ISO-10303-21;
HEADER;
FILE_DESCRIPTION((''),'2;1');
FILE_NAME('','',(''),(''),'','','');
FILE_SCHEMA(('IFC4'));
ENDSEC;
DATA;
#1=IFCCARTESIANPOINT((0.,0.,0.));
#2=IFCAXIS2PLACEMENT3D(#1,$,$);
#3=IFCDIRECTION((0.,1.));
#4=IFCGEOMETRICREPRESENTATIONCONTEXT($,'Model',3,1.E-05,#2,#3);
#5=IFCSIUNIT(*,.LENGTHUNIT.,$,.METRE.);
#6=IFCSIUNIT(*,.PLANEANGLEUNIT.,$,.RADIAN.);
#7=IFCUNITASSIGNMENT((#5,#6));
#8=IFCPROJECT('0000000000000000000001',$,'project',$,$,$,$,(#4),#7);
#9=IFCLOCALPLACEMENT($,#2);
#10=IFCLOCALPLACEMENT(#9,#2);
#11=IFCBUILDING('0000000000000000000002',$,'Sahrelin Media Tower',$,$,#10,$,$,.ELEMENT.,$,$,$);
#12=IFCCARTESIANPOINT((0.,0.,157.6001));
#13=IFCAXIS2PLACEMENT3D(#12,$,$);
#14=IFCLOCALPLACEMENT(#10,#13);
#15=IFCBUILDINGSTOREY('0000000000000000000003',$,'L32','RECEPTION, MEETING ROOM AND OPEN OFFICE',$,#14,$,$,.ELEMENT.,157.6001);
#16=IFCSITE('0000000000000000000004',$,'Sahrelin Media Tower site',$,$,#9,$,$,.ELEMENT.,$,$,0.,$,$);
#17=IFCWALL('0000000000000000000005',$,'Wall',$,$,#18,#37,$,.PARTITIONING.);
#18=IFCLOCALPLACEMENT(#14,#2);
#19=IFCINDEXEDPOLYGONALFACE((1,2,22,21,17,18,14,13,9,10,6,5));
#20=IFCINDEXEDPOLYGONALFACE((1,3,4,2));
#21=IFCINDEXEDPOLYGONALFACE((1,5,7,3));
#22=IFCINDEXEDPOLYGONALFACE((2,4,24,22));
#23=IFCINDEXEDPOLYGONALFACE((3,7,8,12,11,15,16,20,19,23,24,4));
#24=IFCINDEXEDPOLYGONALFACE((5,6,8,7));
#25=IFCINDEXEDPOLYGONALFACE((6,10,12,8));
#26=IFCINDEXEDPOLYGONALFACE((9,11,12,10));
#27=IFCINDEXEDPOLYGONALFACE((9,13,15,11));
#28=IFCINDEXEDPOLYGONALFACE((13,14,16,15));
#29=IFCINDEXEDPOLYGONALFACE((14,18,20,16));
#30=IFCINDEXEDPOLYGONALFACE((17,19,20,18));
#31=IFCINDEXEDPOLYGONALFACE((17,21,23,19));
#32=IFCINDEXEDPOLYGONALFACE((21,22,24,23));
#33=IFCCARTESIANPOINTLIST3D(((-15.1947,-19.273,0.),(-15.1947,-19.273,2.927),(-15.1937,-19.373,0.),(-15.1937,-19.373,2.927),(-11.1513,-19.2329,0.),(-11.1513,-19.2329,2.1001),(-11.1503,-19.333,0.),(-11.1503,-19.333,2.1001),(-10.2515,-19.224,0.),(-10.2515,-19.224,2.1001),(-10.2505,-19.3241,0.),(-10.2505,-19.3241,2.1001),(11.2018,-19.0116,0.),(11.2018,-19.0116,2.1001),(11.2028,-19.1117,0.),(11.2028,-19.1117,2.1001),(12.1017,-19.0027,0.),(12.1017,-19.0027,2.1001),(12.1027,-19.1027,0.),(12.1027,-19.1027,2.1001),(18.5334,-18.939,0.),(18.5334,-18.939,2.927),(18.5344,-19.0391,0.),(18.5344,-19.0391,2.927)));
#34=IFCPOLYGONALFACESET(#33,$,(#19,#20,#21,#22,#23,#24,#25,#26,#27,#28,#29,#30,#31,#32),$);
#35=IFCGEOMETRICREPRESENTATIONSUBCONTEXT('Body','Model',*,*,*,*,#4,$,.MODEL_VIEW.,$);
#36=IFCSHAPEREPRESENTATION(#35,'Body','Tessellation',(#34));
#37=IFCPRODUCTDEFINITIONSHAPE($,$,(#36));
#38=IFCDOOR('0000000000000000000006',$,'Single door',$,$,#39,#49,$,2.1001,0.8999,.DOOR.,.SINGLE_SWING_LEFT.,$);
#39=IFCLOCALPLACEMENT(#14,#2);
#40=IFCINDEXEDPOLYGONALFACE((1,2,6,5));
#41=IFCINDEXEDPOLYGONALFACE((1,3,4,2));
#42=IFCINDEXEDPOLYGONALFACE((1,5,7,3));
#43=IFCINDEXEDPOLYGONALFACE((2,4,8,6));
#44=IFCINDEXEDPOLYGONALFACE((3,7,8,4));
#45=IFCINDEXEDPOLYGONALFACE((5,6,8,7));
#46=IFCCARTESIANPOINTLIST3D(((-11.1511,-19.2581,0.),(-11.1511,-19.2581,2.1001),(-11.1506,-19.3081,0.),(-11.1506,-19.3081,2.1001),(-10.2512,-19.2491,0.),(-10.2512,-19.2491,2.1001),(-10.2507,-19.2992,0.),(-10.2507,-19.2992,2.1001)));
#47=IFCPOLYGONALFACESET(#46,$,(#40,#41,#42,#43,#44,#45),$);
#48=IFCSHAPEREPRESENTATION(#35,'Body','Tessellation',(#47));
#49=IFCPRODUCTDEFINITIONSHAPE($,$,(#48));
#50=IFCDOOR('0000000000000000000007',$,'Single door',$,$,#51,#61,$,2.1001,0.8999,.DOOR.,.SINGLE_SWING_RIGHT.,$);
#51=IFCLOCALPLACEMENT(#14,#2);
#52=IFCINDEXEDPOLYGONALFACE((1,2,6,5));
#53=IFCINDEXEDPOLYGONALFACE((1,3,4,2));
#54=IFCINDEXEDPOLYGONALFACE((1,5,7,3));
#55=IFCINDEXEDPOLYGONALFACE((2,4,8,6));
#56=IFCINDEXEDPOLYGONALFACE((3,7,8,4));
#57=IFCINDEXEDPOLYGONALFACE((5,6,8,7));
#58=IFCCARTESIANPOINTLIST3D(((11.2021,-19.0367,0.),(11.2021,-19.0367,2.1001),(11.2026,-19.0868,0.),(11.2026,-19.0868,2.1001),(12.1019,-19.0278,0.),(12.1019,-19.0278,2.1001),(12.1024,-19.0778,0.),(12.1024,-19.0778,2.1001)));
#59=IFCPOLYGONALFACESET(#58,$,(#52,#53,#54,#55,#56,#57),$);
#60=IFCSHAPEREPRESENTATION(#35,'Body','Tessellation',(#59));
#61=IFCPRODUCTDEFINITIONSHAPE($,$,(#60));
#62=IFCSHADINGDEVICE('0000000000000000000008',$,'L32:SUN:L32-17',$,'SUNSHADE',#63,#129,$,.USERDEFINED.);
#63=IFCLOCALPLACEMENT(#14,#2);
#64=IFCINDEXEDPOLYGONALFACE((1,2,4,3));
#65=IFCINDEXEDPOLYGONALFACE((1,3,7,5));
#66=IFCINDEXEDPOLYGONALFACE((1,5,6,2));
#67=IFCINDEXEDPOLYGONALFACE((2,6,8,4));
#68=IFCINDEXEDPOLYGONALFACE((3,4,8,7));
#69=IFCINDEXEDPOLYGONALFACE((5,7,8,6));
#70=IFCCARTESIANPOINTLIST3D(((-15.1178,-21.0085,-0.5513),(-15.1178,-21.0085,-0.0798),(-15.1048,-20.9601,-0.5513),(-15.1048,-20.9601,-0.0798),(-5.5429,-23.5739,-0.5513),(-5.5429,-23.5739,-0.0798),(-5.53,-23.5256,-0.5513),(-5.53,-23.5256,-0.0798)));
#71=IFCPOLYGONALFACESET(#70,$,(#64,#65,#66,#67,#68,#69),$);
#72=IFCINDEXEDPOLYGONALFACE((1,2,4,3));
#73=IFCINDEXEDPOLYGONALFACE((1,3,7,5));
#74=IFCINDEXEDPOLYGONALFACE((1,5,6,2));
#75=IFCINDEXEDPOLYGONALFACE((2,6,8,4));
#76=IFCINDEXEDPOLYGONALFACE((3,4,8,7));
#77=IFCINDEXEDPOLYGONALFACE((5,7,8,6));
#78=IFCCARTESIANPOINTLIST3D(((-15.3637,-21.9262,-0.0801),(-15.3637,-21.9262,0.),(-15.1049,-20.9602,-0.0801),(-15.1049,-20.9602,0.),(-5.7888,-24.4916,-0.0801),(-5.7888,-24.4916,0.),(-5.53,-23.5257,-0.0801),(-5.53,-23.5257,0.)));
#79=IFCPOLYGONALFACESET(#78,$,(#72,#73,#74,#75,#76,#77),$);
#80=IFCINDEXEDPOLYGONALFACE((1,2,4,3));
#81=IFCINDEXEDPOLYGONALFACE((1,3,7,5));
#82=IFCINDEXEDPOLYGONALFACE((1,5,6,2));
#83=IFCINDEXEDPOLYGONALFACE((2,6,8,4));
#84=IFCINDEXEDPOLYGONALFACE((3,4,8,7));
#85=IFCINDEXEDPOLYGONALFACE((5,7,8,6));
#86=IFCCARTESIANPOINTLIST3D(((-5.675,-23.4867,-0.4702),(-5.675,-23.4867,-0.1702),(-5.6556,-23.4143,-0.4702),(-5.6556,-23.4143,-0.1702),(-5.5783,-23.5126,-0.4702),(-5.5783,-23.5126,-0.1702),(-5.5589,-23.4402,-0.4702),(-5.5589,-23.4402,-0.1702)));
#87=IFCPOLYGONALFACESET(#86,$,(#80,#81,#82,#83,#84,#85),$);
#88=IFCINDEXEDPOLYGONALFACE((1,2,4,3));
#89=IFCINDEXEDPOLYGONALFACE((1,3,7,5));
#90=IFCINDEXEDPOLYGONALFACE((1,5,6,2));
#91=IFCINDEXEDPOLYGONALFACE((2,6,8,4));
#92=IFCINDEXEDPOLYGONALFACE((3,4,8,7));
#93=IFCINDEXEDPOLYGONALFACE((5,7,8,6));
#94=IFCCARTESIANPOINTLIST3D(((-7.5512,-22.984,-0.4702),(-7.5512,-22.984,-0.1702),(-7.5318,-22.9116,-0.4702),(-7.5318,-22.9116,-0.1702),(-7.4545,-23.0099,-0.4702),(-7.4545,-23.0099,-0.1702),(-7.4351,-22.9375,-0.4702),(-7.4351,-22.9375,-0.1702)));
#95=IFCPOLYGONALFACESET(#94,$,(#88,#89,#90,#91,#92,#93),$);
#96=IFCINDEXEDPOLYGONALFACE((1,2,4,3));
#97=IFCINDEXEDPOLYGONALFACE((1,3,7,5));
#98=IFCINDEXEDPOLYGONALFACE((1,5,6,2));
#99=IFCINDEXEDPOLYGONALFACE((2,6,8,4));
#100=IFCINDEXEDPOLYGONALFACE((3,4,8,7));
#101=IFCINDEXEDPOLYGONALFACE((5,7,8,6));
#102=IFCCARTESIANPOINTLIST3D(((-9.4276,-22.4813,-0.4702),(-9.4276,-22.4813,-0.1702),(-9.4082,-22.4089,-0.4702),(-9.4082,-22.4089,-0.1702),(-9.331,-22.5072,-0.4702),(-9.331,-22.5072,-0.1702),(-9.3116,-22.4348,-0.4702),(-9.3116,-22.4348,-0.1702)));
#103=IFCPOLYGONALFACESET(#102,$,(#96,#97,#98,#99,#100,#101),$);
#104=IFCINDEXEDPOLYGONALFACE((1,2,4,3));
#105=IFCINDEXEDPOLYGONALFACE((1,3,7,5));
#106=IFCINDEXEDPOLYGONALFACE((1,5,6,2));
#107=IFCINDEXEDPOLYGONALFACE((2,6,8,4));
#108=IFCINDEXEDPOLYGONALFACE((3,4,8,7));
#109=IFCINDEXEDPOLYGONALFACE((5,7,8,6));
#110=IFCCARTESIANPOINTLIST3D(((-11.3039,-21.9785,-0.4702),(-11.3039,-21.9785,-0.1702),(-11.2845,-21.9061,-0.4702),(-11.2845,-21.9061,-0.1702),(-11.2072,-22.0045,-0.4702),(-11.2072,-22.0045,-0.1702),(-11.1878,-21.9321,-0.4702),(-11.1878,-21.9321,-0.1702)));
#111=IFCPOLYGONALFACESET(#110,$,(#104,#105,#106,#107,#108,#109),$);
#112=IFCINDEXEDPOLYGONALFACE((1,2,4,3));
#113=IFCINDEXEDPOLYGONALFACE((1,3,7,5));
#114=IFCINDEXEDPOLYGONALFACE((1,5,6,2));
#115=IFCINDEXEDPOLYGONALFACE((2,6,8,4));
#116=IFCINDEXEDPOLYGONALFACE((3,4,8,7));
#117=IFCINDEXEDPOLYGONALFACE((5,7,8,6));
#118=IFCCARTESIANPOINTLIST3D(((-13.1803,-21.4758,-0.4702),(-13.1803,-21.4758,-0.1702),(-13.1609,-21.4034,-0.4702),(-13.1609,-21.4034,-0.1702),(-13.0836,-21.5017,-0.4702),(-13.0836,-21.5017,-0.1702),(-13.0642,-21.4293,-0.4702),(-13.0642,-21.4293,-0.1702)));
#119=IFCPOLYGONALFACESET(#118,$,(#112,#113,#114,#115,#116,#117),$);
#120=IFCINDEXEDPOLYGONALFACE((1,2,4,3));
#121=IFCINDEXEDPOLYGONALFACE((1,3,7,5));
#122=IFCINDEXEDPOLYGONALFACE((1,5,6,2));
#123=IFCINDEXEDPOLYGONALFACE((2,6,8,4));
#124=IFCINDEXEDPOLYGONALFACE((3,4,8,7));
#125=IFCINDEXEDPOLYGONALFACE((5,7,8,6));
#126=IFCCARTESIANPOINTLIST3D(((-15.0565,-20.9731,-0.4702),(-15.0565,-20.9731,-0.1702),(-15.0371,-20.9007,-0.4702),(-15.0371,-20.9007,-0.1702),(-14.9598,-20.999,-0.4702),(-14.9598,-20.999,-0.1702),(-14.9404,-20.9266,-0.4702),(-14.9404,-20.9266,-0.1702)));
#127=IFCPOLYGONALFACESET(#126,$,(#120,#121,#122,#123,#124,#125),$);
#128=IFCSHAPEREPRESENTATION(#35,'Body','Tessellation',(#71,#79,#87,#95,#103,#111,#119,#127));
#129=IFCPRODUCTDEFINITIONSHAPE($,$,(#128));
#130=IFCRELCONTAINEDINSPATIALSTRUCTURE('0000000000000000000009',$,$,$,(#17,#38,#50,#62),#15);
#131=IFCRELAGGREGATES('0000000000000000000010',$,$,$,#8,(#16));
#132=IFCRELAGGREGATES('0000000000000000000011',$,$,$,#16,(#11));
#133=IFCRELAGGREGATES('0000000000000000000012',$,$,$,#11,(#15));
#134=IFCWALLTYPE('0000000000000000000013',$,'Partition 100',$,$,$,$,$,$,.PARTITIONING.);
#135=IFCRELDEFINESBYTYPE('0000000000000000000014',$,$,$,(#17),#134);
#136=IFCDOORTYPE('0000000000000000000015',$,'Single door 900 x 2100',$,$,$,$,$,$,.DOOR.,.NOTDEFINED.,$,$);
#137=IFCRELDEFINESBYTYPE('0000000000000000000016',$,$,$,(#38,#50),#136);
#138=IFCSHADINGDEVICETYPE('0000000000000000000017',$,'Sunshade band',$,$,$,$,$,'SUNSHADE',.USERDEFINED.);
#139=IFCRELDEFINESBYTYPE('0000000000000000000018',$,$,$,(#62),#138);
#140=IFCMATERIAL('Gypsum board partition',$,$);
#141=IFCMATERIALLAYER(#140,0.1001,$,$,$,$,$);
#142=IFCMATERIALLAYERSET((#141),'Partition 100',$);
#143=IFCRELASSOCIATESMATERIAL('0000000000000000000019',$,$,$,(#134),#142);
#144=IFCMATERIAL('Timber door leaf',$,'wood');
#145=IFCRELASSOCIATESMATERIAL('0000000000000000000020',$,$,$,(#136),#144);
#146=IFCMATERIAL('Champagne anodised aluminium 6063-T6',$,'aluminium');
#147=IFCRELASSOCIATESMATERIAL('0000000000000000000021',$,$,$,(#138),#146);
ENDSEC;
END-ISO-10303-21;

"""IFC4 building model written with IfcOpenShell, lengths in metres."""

from ifc_helpers import new_model, si_unit, direction, frame, frame_2d, origin, origin_2d, place, context, subcontext, project, spatial, rectangle, extrude, material, layer, layer_set, type_object, element, fill, save


model = new_model("IFC4")

# Units and contexts
model_context = context("Model", 3, precision=1e-05, world=origin(), true_north=direction((0.0, 1.0)))
body_context = subcontext(model_context, "Body", "Model", "MODEL_VIEW")
ifc_project = project(units=[si_unit("LENGTHUNIT", "METRE"), si_unit("PLANEANGLEUNIT", "RADIAN")], contexts=[model_context])

# Site, building, storey
site_placement = place(None, origin())
site = spatial("IfcSite", under=ifc_project, at=site_placement, Name="Sahrelin Media Tower site", CompositionType="ELEMENT", RefElevation=0.0)
building_placement = place(site_placement, origin())
building = spatial("IfcBuilding", under=site, at=building_placement, Name="Sahrelin Media Tower", CompositionType="ELEMENT")
storey_placement = place(building_placement, frame((0.0, 0.0, 157.6001)))
storey = spatial("IfcBuildingStorey", under=building, at=storey_placement, Name="L32", Description="RECEPTION, MEETING ROOM AND OPEN OFFICE", CompositionType="ELEMENT", Elevation=157.6001)

# Shared definitions
ifc_material_1 = material(Name="Champagne anodised aluminium 6063-T6", Category="aluminium")

# Wall, openings, doors
ifc_material_2 = material(Name="Gypsum board partition")
ifc_layer_1 = layer(ifc_material_2, 0.1001)
ifc_layer_set_1 = layer_set([ifc_layer_1], Name="Partition 100")
wall_type_1 = type_object("IfcWallType", Name="Partition 100", PredefinedType="PARTITIONING", material=ifc_layer_set_1)
wall_1_placement = place(storey_placement, frame((-15.1941, -19.323, 0.0), z_axis=(0.0, 0.0, 1.0), x_axis=(0.999951, 0.009902, 0.0)))
wall_1 = element("IfcWall", 1, at=wall_1_placement, inside=storey, type_object=wall_type_1, Name="Wall", PredefinedType="PARTITIONING", context=body_context, shape_type="SweptSolid", body=[
    extrude(rectangle(XDim=33.7297, YDim=0.1001, at=frame_2d((16.8647, 0.0))), origin(), (0.0, 0.0, 1.0), 2.927),
])
opening_1_placement = place(wall_1_placement, frame((4.0435, 0.0, 0.0)))
opening_1 = element("IfcOpeningElement", 2, at=opening_1_placement, cuts=wall_1, PredefinedType="OPENING", context=body_context, shape_type="SweptSolid", body=[
    extrude(rectangle(XDim=0.8999, YDim=2.1001, at=frame_2d((0.45, 1.05))), frame((0.0, 0.05, 0.0), z_axis=(0.0, -1.0, 0.0), x_axis=(1.0, 0.0, 0.0)), (0.0, 0.0, 1.0), 0.1001),
])
opening_2_placement = place(wall_1_placement, frame((26.3977, 0.0, 0.0)))
opening_2 = element("IfcOpeningElement", 3, at=opening_2_placement, cuts=wall_1, PredefinedType="OPENING", context=body_context, shape_type="SweptSolid", body=[
    extrude(rectangle(XDim=0.8999, YDim=2.1001, at=frame_2d((0.45, 1.05))), frame((0.0, 0.05, 0.0), z_axis=(0.0, -1.0, 0.0), x_axis=(1.0, 0.0, 0.0)), (0.0, 0.0, 1.0), 0.1001),
])
ifc_material_3 = material(Name="Timber door leaf", Category="wood")
door_type_1 = type_object("IfcDoorType", Name="Single door 900 x 2100", OperationType="NOTDEFINED", PredefinedType="DOOR", material=ifc_material_3)
door_1_placement = place(opening_1_placement, origin())
door_1 = element("IfcDoor", 4, at=door_1_placement, inside=storey, type_object=door_type_1, Name="Single door", OperationType="SINGLE_SWING_LEFT", OverallHeight=2.1001, OverallWidth=0.8999, PredefinedType="DOOR", context=body_context, shape_type="SweptSolid", body=[
    extrude(rectangle(XDim=0.8999, YDim=2.1001, at=frame_2d((0.45, 1.05))), frame((0.0, 0.0249, 0.0), z_axis=(0.0, -1.0, 0.0), x_axis=(1.0, 0.0, 0.0)), (0.0, 0.0, 1.0), 0.05),
])
fill(opening_1, door_1)
door_2_placement = place(opening_2_placement, origin())
door_2 = element("IfcDoor", 5, at=door_2_placement, inside=storey, type_object=door_type_1, Name="Single door", OperationType="SINGLE_SWING_RIGHT", OverallHeight=2.1001, OverallWidth=0.8999, PredefinedType="DOOR", context=body_context, shape_type="SweptSolid", body=[
    extrude(rectangle(XDim=0.8999, YDim=2.1001, at=frame_2d((0.45, 1.05))), frame((0.0, 0.0249, 0.0), z_axis=(0.0, -1.0, 0.0), x_axis=(1.0, 0.0, 0.0)), (0.0, 0.0, 1.0), 0.05),
])
fill(opening_2, door_2)

# Shading device
shading_device_type = type_object("IfcShadingDeviceType", Name="Sunshade band", ElementType="SUNSHADE", PredefinedType="USERDEFINED", material=ifc_material_1)
shading_device_placement = place(storey_placement, frame((-10.3123, -22.2236, 0.0), z_axis=(0.0, 0.0, 1.0), x_axis=(-0.965929, 0.258808, 0.0)))
element("IfcShadingDevice", 6, at=shading_device_placement, inside=storey, type_object=shading_device_type, Name="L32:SUN:L32-17", ObjectType="SUNSHADE", PredefinedType="USERDEFINED", context=body_context, shape_type="SweptSolid", body=[
    extrude(rectangle(XDim=9.9126, YDim=0.05, at=origin_2d()), frame((0.0, 0.0449, -0.5513)), (0.0, 0.0, 1.0), 0.4714),
    extrude(rectangle(XDim=9.9126, YDim=1.0, at=origin_2d()), frame((0.0, 0.52, -0.0801)), (0.0, 0.0, 1.0), 0.0801),
    extrude(rectangle(XDim=0.1001, YDim=0.075, at=origin_2d()), frame((-4.8562, -0.0176, -0.4702)), (0.0, 0.0, 1.0), 0.3),
    extrude(rectangle(XDim=0.1001, YDim=0.075, at=origin_2d()), frame((-2.9138, -0.0176, -0.4702)), (0.0, 0.0, 1.0), 0.3),
    extrude(rectangle(XDim=0.1001, YDim=0.075, at=origin_2d()), frame((-0.9712, -0.0176, -0.4702)), (0.0, 0.0, 1.0), 0.3),
    extrude(rectangle(XDim=0.1001, YDim=0.075, at=origin_2d()), frame((0.9712, -0.0176, -0.4702)), (0.0, 0.0, 1.0), 0.3),
    extrude(rectangle(XDim=0.1001, YDim=0.075, at=origin_2d()), frame((2.9138, -0.0176, -0.4702)), (0.0, 0.0, 1.0), 0.3),
    extrude(rectangle(XDim=0.1001, YDim=0.075, at=origin_2d()), frame((4.8562, -0.0176, -0.4702)), (0.0, 0.0, 1.0), 0.3),
])

save(model, "model.ifc")
